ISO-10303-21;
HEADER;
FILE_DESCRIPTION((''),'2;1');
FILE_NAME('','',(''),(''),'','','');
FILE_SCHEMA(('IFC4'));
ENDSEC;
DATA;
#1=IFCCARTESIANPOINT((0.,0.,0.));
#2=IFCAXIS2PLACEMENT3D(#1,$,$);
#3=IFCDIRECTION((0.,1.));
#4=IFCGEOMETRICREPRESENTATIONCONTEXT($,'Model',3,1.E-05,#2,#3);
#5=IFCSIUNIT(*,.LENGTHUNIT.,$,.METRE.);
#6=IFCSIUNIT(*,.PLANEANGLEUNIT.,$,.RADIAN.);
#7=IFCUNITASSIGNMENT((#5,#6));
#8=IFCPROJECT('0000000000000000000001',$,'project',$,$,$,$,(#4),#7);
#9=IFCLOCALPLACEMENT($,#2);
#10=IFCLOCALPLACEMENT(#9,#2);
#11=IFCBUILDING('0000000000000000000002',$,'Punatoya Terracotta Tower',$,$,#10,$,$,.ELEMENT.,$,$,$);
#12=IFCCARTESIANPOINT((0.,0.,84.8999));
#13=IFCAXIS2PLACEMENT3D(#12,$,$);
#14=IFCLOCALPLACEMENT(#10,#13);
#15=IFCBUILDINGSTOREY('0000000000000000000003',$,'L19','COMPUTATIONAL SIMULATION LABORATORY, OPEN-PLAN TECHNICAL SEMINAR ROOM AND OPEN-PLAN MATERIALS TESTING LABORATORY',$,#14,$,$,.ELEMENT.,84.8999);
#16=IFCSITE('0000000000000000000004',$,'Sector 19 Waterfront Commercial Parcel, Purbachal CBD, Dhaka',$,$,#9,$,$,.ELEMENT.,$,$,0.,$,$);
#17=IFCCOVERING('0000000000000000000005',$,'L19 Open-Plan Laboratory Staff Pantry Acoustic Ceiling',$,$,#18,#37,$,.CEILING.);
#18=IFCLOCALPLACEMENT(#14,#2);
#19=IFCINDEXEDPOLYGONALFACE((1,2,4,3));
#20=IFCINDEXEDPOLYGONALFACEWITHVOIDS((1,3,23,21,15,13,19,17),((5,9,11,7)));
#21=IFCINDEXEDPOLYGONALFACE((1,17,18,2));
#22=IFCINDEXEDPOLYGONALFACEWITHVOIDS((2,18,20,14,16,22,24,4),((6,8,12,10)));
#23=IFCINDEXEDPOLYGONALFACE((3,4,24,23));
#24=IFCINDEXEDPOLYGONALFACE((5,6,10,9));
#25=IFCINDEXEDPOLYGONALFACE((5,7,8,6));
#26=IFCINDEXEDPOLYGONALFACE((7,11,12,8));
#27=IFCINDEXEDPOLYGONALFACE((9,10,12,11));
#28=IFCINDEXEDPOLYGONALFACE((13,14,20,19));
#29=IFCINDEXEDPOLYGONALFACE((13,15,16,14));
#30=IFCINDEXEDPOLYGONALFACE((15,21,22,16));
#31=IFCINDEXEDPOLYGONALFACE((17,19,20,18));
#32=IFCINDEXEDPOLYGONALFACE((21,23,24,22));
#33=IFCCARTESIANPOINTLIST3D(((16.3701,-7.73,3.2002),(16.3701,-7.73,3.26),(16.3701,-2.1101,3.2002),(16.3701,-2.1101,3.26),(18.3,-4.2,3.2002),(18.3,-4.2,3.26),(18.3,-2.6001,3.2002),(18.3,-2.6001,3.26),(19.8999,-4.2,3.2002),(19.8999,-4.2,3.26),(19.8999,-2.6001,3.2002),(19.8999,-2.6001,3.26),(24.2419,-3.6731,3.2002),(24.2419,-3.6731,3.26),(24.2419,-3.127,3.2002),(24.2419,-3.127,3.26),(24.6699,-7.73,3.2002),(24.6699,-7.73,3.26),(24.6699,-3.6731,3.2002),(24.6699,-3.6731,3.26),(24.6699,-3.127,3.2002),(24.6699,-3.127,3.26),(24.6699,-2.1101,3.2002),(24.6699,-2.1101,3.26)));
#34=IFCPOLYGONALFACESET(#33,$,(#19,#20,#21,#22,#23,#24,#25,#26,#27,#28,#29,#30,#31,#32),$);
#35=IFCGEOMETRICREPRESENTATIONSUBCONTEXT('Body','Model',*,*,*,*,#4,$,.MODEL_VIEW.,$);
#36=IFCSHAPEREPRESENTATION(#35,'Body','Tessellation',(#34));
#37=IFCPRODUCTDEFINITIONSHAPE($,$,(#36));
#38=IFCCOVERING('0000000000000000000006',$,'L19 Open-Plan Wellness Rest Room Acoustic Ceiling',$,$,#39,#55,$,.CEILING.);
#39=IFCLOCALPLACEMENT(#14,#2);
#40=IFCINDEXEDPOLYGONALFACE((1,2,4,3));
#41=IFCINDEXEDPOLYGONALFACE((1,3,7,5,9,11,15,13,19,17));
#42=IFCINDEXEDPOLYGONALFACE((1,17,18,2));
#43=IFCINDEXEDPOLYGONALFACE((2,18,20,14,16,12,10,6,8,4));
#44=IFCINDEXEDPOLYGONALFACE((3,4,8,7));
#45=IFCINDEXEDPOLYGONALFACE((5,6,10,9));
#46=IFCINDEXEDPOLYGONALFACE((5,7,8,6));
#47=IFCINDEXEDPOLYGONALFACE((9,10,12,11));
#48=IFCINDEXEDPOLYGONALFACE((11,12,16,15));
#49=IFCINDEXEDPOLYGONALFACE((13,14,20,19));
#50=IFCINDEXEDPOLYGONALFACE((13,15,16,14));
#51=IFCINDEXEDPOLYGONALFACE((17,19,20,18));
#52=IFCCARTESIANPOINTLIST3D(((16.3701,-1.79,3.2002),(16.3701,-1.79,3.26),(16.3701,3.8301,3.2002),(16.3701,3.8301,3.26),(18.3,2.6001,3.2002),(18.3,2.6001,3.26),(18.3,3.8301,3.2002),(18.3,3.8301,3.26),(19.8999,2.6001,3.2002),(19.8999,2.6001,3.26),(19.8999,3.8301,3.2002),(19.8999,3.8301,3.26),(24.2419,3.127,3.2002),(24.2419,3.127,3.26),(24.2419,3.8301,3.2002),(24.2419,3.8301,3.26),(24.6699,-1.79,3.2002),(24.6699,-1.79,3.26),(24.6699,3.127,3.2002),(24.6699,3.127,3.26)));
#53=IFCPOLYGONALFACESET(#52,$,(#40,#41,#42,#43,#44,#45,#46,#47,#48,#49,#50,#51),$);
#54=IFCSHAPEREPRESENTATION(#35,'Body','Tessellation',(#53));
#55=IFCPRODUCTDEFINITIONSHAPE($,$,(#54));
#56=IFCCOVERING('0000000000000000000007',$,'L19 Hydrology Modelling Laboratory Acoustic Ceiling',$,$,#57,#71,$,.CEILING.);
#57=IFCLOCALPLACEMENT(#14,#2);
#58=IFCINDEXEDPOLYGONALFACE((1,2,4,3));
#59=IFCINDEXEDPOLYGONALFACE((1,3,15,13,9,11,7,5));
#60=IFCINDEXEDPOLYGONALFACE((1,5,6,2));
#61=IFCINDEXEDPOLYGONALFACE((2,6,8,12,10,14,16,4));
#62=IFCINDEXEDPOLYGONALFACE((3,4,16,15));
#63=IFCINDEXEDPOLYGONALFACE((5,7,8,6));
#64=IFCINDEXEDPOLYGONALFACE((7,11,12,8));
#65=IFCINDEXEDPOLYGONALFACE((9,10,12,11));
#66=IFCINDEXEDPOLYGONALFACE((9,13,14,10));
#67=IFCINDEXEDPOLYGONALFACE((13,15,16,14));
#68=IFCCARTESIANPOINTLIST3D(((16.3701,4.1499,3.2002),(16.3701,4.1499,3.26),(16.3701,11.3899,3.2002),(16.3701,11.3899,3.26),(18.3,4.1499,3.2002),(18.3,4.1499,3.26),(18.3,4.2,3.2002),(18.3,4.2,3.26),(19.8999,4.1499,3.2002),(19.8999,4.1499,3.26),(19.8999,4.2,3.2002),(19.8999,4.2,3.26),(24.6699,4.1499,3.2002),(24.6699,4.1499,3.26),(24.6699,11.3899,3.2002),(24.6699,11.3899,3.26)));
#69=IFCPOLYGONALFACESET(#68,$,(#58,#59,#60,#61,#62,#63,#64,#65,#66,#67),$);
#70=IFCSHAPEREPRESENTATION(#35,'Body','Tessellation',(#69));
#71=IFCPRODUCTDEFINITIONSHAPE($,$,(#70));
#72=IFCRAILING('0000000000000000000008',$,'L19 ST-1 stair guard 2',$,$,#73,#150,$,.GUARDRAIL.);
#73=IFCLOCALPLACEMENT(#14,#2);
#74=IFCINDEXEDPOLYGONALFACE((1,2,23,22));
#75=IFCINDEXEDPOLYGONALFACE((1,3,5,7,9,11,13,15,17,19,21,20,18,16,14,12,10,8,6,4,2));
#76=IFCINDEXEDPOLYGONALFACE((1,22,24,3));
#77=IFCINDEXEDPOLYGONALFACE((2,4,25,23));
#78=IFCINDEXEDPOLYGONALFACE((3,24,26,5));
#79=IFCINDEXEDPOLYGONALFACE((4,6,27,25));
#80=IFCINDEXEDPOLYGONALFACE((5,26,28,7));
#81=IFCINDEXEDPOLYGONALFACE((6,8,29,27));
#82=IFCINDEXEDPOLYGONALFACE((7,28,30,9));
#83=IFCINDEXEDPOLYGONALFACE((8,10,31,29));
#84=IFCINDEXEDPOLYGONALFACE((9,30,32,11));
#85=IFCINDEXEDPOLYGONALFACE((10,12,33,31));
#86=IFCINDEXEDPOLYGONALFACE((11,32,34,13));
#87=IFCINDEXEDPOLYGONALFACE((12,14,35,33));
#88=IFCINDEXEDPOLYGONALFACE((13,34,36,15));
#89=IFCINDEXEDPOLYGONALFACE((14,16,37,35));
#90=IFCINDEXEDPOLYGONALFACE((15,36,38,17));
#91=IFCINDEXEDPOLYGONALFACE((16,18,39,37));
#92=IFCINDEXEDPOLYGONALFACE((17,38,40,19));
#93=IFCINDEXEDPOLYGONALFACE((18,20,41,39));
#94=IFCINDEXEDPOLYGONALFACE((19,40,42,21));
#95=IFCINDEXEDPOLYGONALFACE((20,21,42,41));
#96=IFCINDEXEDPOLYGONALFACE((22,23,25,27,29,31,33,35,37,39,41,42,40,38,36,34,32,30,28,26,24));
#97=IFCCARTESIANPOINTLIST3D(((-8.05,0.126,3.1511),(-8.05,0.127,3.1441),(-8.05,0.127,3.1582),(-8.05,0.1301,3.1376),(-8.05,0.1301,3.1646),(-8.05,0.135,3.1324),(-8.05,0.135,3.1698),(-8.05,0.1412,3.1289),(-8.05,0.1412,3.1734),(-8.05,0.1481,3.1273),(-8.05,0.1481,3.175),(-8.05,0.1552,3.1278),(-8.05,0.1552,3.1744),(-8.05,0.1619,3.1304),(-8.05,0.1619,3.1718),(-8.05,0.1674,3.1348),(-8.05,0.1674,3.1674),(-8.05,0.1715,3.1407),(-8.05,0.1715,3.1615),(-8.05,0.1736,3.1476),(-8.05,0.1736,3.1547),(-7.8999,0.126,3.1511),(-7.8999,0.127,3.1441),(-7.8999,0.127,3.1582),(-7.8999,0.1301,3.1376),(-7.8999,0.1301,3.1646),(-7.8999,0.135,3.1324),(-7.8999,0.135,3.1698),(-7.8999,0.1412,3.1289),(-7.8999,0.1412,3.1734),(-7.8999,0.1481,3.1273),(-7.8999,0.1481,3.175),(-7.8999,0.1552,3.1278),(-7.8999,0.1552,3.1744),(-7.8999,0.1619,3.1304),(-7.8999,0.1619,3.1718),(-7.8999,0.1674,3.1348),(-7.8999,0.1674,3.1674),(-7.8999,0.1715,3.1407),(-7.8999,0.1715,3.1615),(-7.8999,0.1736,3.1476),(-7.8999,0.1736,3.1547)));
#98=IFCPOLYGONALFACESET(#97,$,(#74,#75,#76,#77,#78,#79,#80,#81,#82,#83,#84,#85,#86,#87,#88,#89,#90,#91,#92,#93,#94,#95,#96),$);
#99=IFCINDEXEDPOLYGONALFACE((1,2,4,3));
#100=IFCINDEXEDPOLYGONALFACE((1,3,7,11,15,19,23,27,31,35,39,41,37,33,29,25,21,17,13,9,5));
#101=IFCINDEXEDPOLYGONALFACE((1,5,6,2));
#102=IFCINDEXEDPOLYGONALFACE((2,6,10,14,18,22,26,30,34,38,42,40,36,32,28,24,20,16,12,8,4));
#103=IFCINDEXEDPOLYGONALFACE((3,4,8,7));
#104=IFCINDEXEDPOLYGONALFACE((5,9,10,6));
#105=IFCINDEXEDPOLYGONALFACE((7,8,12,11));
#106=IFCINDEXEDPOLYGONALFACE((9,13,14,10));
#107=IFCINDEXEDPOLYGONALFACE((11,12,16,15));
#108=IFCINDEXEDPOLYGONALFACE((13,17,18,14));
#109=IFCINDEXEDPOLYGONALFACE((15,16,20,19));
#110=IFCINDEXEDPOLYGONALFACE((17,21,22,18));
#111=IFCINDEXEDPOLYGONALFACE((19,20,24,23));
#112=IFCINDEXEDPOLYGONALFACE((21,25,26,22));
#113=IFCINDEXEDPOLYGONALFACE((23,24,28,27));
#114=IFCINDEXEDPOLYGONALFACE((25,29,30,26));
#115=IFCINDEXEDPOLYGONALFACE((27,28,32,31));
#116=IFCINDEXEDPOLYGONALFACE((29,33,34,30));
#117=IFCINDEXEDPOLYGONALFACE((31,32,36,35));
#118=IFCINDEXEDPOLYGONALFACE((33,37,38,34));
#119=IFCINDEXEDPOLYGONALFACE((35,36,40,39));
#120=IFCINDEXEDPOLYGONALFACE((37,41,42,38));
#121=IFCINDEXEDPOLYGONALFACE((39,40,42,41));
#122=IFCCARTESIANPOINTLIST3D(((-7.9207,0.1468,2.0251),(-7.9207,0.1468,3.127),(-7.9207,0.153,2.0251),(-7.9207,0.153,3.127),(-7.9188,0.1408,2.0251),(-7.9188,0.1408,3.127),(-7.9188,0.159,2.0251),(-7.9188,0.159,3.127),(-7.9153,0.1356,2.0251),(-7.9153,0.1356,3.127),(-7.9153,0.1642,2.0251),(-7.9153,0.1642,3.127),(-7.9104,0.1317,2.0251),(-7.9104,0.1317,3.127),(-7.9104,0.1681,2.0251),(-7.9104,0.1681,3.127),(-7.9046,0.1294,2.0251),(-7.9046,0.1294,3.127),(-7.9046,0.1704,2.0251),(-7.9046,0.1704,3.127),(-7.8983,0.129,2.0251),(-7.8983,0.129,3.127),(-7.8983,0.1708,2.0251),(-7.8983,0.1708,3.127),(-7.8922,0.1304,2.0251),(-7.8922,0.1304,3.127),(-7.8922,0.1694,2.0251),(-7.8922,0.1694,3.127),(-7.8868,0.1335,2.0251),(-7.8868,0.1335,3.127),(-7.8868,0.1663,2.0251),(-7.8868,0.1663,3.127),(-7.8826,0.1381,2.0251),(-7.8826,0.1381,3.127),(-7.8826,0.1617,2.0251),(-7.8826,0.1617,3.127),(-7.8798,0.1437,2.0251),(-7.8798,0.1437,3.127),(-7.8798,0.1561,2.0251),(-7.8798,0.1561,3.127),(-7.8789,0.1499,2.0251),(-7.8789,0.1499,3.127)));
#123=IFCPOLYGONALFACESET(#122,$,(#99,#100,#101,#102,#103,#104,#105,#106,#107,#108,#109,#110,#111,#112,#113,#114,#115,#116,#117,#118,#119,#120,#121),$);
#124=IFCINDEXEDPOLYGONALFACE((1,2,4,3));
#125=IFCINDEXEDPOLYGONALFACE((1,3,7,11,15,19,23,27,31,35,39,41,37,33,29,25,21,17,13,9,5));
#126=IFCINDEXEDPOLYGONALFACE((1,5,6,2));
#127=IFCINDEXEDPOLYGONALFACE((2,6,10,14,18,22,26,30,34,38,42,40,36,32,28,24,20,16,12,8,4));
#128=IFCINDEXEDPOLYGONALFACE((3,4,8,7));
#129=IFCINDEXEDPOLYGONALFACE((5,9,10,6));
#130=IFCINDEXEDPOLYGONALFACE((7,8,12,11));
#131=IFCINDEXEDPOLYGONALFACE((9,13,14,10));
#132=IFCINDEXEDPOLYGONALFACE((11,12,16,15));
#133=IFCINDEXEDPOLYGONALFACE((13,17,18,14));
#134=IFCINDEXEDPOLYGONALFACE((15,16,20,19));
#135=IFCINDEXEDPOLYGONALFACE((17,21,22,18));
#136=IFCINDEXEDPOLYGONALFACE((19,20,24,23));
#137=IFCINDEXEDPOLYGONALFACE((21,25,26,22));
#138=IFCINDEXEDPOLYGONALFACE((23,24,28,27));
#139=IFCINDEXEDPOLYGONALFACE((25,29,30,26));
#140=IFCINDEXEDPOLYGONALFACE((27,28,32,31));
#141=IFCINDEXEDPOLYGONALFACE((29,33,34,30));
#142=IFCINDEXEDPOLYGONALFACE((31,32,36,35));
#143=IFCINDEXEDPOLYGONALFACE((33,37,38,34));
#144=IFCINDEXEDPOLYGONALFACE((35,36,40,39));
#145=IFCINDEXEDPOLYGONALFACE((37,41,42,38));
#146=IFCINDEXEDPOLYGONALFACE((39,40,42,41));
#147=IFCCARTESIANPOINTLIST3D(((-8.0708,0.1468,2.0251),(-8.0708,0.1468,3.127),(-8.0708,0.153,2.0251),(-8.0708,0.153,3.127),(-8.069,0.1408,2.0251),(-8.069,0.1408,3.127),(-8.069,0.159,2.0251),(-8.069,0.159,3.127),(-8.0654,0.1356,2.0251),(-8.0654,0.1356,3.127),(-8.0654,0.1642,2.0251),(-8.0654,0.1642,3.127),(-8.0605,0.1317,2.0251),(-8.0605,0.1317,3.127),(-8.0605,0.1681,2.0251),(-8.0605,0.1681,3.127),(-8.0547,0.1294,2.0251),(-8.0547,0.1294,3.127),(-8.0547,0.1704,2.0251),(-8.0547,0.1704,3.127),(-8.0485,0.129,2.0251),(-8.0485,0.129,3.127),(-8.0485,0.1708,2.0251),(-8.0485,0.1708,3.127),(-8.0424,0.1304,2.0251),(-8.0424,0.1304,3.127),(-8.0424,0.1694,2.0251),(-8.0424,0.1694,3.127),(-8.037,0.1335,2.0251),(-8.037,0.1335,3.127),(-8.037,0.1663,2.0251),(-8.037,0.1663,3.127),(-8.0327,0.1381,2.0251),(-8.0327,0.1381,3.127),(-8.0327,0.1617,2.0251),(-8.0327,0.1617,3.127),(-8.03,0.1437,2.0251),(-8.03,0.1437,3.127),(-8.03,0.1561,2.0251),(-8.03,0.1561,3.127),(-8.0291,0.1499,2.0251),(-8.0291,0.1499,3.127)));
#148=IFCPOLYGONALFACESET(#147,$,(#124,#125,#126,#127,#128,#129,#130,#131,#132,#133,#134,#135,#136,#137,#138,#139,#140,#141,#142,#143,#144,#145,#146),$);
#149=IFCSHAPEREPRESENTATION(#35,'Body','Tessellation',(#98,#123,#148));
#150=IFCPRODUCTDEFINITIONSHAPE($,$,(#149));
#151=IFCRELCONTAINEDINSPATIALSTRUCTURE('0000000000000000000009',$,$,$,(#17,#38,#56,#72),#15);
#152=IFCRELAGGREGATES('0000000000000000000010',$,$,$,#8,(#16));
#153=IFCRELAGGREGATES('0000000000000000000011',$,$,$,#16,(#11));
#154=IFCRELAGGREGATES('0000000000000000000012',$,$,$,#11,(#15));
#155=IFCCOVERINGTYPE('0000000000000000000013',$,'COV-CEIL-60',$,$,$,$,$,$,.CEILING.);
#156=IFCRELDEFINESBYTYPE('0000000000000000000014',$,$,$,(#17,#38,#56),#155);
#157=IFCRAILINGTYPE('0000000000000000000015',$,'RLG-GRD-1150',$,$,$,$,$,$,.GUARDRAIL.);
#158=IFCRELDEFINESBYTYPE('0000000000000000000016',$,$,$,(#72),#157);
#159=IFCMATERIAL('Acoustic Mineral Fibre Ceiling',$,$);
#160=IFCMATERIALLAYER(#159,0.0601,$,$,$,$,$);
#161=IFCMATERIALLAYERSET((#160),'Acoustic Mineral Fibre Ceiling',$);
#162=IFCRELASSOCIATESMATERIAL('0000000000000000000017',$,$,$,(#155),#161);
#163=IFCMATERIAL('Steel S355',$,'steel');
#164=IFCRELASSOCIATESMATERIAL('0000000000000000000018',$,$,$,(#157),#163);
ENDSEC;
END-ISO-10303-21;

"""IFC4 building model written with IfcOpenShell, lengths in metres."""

from ifc_helpers import new_model, si_unit, direction, frame, origin, origin_2d, place, context, subcontext, project, spatial, polyline, circle, outline, extrude, material, layer, layer_set, type_object, element, save


model = new_model("IFC4")

# Units and contexts
model_context = context("Model", 3, precision=1e-05, world=origin(), true_north=direction((0.0, 1.0)))
body_context = subcontext(model_context, "Body", "Model", "MODEL_VIEW")
ifc_project = project(units=[si_unit("LENGTHUNIT", "METRE"), si_unit("PLANEANGLEUNIT", "RADIAN")], contexts=[model_context])

# Site, building, storey
site_placement = place(None, origin())
site = spatial("IfcSite", under=ifc_project, at=site_placement, Name="Sector 19 Waterfront Commercial Parcel, Purbachal CBD, Dhaka", CompositionType="ELEMENT", RefElevation=0.0)
building_placement = place(site_placement, origin())
building = spatial("IfcBuilding", under=site, at=building_placement, Name="Punatoya Terracotta Tower", CompositionType="ELEMENT")
storey_placement = place(building_placement, frame((0.0, 0.0, 84.8999)))
storey = spatial("IfcBuildingStorey", under=building, at=storey_placement, Name="L19", Description="COMPUTATIONAL SIMULATION LABORATORY, OPEN-PLAN TECHNICAL SEMINAR ROOM AND OPEN-PLAN MATERIALS TESTING LABORATORY", CompositionType="ELEMENT", Elevation=84.8999)

# Shared definitions
ifc_material_1 = material(Name="Steel S355", Category="steel")

# Coverings
ifc_material_2 = material(Name="Acoustic Mineral Fibre Ceiling")
ifc_layer_1 = layer(ifc_material_2, 0.0601)
ifc_layer_set_1 = layer_set([ifc_layer_1], Name="Acoustic Mineral Fibre Ceiling")
covering_type = type_object("IfcCoveringType", Name="COV-CEIL-60", PredefinedType="CEILING", material=ifc_layer_set_1)
covering_1_placement = place(storey_placement, frame((0.0, 0.0, 3.2002)))
element("IfcCovering", 1, at=covering_1_placement, inside=storey, type_object=covering_type, Name="L19 Open-Plan Laboratory Staff Pantry Acoustic Ceiling", PredefinedType="CEILING", context=body_context, shape_type="SweptSolid", body=[
    extrude(outline(polyline([(24.6699, -3.127), (24.6699, -2.1101), (16.3701, -2.1101), (16.3701, -7.73), (24.6699, -7.73), (24.6699, -3.6731), (24.2419, -3.6731), (24.2419, -3.127), (24.6699, -3.127)]), holes=[polyline([(18.3, -4.2), (18.3, -2.6001), (19.8999, -2.6001), (19.8999, -4.2), (18.3, -4.2)])]), origin(), (0.0, 0.0, 1.0), 0.0598),
])
covering_2_placement = place(storey_placement, frame((0.0, 0.0, 3.2002)))
element("IfcCovering", 2, at=covering_2_placement, inside=storey, type_object=covering_type, Name="L19 Open-Plan Wellness Rest Room Acoustic Ceiling", PredefinedType="CEILING", context=body_context, shape_type="SweptSolid", body=[
    extrude(outline(polyline([(24.2419, 3.8301), (19.8999, 3.8301), (19.8999, 2.6001), (18.3, 2.6001), (18.3, 3.8301), (16.3701, 3.8301), (16.3701, -1.79), (24.6699, -1.79), (24.6699, 3.127), (24.2419, 3.127), (24.2419, 3.8301)])), origin(), (0.0, 0.0, 1.0), 0.0598),
])
covering_3_placement = place(storey_placement, frame((0.0, 0.0, 3.2002)))
element("IfcCovering", 3, at=covering_3_placement, inside=storey, type_object=covering_type, Name="L19 Hydrology Modelling Laboratory Acoustic Ceiling", PredefinedType="CEILING", context=body_context, shape_type="SweptSolid", body=[
    extrude(outline(polyline([(18.3, 4.1499), (18.3, 4.2), (19.8999, 4.2), (19.8999, 4.1499), (24.6699, 4.1499), (24.6699, 11.3899), (16.3701, 11.3899), (16.3701, 4.1499), (18.3, 4.1499)])), origin(), (0.0, 0.0, 1.0), 0.0598),
])

# Railing
railing_type_1 = type_object("IfcRailingType", Name="RLG-GRD-1150", PredefinedType="GUARDRAIL", material=ifc_material_1)
railing_1_placement = place(storey_placement, frame((-7.8999, 0.1499, 2.0251)))
element("IfcRailing", 4, at=railing_1_placement, inside=storey, type_object=railing_type_1, Name="L19 ST-1 stair guard 2", PredefinedType="GUARDRAIL", context=body_context, shape_type="SweptSolid", body=[
    extrude(circle(Radius=0.0239, at=origin_2d()), frame((0.0, 0.0, 1.126), z_axis=(-1.0, 0.0, 0.0), x_axis=(0.0, -1.0, 0.0)), (0.0, 0.0, 1.0), 0.1501),
    extrude(circle(Radius=0.021, at=origin_2d()), origin(), (0.0, 0.0, 1.0), 1.1018),
    extrude(circle(Radius=0.021, at=origin_2d()), frame((-0.1501, 0.0, 0.0)), (0.0, 0.0, 1.0), 1.1018),
])

save(model, "model.ifc")
